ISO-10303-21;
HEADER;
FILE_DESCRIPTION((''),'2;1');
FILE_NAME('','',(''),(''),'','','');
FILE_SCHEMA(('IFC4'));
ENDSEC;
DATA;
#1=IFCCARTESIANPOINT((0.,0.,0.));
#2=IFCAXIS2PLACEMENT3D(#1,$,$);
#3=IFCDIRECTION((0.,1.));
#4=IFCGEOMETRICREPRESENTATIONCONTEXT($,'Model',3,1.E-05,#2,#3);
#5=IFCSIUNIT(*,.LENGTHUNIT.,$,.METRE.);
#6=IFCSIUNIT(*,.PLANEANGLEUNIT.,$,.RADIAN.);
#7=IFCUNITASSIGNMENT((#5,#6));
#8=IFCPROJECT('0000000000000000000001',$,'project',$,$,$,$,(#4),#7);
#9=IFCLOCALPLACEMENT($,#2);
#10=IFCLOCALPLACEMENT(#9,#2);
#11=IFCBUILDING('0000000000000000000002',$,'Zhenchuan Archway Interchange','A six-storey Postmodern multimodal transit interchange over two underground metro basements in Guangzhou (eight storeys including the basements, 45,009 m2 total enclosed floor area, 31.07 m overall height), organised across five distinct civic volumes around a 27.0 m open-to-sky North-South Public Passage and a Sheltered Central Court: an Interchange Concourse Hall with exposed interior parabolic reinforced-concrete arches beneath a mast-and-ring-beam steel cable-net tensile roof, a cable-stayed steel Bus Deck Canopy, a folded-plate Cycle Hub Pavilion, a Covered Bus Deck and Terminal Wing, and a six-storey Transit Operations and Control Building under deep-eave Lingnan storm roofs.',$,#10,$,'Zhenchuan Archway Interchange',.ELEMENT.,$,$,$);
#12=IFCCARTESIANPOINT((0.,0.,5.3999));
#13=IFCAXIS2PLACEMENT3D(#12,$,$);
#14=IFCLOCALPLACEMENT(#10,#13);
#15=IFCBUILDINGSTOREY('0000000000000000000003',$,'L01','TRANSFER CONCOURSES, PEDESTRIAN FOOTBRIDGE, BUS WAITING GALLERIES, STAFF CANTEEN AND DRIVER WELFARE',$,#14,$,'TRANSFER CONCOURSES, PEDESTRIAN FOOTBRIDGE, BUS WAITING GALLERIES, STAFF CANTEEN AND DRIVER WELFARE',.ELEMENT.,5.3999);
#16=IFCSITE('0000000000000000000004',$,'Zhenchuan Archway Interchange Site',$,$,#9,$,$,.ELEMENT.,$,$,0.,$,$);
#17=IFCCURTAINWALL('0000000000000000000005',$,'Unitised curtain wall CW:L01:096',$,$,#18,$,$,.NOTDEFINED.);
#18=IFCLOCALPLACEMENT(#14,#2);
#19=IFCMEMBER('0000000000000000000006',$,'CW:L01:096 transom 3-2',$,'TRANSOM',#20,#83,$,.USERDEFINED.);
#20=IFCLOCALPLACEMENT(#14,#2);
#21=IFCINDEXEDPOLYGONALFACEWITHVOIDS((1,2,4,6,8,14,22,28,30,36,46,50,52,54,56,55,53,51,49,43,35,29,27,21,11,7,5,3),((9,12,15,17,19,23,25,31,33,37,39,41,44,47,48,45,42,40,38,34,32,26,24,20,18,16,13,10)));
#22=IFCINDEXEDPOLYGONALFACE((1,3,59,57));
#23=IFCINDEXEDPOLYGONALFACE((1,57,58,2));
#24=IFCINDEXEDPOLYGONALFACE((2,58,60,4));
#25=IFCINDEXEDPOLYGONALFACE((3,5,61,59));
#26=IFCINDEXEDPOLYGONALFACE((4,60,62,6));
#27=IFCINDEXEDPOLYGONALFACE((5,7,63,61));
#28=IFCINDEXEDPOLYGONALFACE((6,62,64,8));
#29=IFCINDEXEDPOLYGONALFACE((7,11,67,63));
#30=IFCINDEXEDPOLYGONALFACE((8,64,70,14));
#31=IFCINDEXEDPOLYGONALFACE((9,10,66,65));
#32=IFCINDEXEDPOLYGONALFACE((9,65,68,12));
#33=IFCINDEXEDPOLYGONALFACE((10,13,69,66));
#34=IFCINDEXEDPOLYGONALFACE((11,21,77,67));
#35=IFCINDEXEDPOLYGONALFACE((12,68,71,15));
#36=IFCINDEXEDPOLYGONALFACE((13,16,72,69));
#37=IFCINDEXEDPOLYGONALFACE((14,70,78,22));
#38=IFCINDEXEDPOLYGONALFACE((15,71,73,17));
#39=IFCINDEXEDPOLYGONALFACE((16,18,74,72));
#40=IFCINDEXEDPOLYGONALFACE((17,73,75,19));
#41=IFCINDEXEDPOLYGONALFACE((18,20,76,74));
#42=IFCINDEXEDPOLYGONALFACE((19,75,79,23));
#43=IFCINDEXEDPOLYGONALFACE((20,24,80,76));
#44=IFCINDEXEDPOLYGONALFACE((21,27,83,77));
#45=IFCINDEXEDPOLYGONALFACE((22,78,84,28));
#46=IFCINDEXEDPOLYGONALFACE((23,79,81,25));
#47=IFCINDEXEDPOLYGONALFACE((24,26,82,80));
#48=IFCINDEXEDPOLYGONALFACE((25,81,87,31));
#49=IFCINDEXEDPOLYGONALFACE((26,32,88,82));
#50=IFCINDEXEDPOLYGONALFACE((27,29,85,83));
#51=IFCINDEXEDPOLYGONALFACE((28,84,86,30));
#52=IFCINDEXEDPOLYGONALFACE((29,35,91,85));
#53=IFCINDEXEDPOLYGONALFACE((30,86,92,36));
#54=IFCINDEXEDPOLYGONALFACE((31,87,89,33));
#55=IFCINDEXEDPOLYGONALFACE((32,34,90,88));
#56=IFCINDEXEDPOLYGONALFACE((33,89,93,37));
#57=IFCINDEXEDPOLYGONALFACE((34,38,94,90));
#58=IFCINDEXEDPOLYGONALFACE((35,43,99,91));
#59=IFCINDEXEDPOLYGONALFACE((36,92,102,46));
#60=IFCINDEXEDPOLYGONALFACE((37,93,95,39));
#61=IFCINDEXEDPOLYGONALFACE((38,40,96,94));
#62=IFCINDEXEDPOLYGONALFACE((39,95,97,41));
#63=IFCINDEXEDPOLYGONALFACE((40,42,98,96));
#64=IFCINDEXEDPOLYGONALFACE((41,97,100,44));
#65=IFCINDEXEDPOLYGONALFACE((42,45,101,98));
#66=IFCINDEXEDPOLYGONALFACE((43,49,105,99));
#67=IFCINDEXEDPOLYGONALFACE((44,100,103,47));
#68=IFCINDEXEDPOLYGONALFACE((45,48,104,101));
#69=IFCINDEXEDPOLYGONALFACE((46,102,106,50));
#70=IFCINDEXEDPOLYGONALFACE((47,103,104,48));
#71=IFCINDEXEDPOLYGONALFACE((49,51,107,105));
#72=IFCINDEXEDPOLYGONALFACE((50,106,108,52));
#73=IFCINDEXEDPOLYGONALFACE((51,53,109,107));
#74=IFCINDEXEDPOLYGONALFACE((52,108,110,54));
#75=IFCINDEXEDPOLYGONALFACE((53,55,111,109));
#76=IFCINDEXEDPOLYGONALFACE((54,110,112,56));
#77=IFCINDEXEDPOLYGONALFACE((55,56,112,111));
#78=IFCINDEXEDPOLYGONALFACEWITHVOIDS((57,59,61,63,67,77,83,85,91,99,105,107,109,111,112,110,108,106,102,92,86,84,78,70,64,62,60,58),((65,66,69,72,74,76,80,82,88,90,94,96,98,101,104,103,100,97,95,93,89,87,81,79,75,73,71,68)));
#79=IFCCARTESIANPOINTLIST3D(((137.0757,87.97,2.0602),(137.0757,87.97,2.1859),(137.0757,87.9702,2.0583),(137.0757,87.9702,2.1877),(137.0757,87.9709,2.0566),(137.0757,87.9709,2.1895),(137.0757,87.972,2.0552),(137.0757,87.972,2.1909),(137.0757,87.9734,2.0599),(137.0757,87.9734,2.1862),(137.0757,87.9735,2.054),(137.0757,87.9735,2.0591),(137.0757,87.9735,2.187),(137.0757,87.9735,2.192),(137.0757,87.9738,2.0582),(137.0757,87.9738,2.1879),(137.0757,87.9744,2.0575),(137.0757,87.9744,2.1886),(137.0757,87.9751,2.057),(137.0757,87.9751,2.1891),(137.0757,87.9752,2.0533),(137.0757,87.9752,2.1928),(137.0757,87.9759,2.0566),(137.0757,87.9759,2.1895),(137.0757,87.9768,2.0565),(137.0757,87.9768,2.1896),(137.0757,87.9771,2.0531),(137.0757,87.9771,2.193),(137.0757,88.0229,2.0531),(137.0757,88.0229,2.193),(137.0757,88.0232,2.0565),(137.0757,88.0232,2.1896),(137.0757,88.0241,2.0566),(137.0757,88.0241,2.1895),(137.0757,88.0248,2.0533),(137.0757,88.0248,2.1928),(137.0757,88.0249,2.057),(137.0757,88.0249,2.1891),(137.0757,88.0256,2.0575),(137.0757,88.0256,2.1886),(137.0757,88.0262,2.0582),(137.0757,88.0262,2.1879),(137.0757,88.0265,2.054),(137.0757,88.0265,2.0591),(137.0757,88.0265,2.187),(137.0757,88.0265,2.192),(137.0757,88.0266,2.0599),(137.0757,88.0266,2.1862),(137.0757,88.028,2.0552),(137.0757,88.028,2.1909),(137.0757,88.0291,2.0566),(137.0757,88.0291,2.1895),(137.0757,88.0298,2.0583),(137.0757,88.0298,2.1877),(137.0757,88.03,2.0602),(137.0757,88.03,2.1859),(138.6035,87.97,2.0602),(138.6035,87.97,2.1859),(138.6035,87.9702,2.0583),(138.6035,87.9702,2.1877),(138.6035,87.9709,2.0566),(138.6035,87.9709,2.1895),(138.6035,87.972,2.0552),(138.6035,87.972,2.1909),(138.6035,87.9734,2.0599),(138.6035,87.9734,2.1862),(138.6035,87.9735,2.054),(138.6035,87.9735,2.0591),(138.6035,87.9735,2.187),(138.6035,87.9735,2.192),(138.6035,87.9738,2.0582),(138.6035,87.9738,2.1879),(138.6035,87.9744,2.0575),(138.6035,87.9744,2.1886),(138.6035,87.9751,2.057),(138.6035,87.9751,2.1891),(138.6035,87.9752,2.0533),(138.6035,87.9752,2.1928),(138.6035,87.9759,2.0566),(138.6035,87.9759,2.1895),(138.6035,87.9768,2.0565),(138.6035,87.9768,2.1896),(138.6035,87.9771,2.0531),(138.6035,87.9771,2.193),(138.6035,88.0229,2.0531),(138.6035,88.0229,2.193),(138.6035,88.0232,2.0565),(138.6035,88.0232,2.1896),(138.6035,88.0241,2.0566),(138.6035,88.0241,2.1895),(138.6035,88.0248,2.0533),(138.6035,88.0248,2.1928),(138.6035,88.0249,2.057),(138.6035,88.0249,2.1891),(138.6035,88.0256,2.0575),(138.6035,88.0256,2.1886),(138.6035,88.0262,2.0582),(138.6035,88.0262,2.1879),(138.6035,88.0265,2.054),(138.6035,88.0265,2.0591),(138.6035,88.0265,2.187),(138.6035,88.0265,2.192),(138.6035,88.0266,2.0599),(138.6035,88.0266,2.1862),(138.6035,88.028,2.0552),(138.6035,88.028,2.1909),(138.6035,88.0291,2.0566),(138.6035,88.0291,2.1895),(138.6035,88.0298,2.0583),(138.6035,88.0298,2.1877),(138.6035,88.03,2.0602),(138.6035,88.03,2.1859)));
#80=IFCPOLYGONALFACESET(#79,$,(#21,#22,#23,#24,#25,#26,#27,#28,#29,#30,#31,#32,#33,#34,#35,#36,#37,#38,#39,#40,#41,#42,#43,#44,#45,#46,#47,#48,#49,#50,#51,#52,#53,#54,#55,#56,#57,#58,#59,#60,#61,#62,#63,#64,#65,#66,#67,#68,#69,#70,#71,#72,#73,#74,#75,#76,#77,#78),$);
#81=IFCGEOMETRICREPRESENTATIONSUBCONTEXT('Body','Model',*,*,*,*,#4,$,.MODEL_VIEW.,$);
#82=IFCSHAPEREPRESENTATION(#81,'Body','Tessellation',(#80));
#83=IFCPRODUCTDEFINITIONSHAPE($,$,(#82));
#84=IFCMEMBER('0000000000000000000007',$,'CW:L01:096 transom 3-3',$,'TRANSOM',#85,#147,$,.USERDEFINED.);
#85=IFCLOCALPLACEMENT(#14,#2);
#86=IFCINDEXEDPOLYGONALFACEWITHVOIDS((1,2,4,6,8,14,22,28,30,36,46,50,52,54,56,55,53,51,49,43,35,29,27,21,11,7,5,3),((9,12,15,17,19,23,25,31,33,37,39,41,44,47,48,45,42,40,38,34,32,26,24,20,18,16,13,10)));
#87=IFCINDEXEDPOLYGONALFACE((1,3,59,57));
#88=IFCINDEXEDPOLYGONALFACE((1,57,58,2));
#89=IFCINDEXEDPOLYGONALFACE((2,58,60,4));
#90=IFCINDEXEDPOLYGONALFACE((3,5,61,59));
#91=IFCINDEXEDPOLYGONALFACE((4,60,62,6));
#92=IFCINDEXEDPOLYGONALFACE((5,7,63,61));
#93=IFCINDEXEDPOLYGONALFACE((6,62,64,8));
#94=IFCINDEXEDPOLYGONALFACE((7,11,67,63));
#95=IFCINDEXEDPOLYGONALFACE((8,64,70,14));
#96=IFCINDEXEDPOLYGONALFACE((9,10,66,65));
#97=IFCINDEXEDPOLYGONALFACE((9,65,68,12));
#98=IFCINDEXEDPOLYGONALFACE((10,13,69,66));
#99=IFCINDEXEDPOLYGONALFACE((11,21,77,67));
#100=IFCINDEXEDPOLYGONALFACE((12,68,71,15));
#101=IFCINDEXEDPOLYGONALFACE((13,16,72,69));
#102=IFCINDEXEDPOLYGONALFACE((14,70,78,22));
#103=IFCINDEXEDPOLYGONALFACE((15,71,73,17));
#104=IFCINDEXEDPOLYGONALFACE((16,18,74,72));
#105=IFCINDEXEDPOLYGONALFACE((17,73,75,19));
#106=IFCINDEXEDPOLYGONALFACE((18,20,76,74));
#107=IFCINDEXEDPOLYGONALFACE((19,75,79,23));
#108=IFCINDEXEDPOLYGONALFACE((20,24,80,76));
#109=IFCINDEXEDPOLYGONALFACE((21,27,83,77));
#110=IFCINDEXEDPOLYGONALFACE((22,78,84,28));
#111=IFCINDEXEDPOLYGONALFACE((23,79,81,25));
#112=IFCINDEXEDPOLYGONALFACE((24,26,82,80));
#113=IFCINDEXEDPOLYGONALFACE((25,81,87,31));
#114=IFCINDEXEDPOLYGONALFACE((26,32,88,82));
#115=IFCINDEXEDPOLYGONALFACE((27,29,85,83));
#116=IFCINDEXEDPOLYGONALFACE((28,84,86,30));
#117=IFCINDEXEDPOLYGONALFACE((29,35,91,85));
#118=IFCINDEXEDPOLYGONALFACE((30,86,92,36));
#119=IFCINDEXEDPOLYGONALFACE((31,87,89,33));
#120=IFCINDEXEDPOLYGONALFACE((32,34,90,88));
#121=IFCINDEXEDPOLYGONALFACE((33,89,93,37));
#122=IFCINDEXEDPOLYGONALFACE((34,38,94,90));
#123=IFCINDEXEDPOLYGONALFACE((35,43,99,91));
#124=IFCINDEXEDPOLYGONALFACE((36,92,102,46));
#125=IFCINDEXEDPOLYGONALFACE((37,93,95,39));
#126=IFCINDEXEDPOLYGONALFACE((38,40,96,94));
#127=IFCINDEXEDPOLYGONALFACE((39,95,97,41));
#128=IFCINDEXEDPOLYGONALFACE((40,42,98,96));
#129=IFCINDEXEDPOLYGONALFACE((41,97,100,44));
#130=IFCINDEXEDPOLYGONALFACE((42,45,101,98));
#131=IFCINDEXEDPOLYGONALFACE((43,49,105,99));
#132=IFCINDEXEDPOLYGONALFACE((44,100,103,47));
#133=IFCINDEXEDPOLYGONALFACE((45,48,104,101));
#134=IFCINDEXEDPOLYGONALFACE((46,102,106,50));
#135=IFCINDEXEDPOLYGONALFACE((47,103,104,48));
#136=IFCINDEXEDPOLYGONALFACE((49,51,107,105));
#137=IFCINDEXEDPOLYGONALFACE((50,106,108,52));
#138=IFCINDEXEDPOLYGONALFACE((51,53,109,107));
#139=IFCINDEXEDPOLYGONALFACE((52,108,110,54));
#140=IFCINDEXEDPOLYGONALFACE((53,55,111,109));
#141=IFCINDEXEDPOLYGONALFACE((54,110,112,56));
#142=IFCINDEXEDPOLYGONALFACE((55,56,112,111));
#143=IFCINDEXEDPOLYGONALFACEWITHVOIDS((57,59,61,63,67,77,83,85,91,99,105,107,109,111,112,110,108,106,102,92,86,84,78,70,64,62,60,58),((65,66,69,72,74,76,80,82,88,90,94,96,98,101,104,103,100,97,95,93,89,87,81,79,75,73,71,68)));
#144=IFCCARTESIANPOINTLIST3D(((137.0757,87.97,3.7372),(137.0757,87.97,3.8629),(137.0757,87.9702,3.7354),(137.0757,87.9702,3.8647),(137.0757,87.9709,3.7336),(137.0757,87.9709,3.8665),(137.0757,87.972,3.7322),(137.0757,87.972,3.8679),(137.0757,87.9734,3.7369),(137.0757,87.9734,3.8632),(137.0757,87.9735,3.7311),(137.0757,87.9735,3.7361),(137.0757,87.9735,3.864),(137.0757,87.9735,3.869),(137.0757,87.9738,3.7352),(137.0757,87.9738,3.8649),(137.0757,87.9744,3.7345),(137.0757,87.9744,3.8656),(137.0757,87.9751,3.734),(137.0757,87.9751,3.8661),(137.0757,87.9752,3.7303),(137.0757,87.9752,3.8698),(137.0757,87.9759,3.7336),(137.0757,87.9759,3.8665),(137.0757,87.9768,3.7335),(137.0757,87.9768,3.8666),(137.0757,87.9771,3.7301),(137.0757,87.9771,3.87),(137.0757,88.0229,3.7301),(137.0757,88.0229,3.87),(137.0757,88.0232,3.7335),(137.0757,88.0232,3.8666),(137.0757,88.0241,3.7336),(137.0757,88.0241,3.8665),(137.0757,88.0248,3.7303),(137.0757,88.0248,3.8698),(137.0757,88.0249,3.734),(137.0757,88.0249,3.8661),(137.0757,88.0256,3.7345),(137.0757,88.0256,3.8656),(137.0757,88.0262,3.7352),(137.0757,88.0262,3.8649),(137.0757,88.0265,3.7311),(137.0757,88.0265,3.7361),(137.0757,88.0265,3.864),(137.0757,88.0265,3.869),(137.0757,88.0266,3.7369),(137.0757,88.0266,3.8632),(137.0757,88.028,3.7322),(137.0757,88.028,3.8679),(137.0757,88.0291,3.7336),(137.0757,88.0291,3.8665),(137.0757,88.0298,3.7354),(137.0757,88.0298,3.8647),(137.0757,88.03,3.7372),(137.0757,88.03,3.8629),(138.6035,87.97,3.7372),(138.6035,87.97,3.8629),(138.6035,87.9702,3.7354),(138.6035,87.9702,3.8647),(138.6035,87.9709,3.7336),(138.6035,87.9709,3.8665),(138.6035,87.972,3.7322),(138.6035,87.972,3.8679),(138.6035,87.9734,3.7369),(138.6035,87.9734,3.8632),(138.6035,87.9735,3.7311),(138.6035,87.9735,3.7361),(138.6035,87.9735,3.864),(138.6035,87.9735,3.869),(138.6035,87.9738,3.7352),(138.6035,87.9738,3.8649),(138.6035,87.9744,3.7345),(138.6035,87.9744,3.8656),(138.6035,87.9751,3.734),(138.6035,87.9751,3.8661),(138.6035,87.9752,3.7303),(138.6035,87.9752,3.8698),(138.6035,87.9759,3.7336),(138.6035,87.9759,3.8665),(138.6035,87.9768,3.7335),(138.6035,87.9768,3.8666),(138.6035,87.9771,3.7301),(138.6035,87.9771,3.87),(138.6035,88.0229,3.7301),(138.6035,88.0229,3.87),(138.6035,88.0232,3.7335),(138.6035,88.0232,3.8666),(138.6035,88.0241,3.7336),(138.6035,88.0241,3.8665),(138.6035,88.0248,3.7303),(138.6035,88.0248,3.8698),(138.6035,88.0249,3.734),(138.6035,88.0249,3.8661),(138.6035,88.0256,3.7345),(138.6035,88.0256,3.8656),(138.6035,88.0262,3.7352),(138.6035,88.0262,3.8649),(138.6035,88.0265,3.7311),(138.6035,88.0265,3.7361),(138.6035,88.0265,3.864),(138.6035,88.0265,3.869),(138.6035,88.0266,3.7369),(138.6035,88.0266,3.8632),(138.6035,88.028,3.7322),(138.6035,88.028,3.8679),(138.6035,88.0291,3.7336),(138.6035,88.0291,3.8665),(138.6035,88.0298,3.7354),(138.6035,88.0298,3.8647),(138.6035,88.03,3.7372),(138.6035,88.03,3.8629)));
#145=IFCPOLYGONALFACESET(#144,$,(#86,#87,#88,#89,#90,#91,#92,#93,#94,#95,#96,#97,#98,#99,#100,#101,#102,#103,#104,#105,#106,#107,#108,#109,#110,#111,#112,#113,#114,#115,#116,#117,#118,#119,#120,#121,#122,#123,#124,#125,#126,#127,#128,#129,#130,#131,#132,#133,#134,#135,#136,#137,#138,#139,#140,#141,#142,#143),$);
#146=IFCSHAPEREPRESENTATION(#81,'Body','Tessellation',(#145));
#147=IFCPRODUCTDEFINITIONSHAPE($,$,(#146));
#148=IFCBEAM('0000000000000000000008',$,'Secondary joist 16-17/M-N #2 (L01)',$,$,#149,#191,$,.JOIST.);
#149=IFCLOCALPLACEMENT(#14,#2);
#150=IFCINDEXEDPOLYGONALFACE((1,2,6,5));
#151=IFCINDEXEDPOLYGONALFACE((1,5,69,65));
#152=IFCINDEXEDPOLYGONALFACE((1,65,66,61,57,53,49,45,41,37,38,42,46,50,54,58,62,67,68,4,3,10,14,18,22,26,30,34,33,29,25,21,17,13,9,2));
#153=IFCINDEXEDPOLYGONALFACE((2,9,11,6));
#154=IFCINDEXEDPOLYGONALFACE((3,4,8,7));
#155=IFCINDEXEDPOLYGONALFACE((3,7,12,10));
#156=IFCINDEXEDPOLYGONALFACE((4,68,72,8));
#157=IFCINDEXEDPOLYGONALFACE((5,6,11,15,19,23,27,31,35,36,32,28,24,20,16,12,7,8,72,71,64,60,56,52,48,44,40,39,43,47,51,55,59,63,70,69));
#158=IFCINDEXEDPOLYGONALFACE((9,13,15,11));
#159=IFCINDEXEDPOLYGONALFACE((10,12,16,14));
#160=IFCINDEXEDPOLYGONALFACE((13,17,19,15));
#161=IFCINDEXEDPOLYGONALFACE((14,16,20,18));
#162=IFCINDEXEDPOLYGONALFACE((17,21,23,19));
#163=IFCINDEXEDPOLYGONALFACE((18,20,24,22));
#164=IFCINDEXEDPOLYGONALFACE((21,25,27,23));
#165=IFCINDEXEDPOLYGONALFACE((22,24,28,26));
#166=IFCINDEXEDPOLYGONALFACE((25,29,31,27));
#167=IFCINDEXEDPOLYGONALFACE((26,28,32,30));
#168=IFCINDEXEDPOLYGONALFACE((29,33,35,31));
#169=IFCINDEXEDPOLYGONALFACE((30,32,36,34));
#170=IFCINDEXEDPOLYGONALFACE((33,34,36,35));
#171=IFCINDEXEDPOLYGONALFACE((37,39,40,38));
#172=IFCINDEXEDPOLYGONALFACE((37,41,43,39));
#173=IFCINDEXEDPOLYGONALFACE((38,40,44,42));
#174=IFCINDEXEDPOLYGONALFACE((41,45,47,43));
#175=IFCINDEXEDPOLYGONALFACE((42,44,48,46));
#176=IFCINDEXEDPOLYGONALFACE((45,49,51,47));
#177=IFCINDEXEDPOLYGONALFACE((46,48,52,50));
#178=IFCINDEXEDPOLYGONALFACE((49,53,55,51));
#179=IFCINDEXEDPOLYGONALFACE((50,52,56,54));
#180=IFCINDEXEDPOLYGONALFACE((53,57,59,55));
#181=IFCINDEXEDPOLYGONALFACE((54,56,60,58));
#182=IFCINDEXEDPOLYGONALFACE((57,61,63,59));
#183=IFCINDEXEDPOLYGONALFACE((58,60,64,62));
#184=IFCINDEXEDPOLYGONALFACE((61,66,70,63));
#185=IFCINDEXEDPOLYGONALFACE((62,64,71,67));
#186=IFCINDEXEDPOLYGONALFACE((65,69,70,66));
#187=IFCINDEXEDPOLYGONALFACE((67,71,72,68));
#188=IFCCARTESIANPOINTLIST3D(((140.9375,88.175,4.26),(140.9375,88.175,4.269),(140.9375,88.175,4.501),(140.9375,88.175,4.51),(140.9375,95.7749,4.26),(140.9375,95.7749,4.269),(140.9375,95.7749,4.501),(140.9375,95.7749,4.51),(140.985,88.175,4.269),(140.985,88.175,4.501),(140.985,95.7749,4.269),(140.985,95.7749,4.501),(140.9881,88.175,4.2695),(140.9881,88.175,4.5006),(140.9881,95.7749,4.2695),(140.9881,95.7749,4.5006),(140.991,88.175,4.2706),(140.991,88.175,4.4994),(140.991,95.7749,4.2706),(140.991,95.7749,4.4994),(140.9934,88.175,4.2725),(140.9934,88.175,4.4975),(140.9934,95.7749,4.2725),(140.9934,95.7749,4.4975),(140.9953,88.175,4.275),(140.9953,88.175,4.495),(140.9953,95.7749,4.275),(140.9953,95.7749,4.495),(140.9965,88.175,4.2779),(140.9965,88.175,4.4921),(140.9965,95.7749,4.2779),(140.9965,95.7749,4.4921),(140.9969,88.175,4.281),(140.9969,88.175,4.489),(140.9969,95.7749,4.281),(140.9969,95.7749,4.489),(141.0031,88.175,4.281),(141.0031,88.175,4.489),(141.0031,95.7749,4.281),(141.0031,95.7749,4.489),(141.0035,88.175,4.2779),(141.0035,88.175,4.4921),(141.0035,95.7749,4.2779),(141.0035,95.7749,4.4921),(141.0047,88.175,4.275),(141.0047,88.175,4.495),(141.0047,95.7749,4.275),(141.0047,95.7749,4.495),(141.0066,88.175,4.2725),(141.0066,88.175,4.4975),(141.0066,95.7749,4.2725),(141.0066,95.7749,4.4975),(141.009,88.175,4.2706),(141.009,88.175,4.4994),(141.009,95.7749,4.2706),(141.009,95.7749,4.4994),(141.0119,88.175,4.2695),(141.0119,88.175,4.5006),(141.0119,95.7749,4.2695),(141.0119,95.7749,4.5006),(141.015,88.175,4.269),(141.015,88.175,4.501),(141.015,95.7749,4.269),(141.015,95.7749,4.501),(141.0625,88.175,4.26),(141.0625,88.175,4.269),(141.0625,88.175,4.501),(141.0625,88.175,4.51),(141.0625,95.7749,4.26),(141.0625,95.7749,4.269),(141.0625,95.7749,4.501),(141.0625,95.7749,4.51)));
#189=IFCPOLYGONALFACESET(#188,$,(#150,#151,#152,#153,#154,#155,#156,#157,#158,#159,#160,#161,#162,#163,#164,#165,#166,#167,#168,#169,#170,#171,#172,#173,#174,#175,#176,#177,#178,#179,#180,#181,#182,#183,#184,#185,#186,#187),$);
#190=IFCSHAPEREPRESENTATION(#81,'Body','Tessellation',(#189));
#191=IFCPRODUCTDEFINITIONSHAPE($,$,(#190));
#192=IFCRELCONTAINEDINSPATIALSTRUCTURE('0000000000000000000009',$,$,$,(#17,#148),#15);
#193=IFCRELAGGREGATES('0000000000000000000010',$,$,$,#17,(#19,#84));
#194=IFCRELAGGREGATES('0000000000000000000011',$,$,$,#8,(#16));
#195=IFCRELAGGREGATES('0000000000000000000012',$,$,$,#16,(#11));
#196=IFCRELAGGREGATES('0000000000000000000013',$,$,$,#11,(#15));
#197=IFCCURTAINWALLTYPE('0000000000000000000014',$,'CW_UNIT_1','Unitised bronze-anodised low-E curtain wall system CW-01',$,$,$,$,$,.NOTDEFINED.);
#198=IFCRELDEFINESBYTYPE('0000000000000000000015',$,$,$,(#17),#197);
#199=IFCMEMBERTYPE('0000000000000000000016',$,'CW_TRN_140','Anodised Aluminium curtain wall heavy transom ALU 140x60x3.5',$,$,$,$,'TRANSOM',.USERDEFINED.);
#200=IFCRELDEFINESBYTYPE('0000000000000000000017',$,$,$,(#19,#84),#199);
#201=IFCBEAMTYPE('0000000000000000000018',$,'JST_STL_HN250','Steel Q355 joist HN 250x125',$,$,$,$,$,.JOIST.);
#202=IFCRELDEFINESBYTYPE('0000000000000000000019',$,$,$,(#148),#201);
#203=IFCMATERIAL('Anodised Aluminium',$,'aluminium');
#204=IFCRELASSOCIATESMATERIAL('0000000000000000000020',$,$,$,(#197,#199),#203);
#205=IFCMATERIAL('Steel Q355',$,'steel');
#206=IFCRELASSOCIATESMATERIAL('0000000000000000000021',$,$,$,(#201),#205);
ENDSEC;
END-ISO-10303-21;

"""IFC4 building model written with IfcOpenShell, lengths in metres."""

from ifc_helpers import new_model, si_unit, direction, frame, origin, origin_2d, place, context, subcontext, project, spatial, hollow_rectangle, i_section, extrude, material, material_profile, profile_set, type_object, element, aggregate, save


model = new_model("IFC4")

# Units and contexts
model_context = context("Model", 3, precision=1e-05, world=origin(), true_north=direction((0.0, 1.0)))
body_context = subcontext(model_context, "Body", "Model", "MODEL_VIEW")
ifc_project = project(units=[si_unit("LENGTHUNIT", "METRE"), si_unit("PLANEANGLEUNIT", "RADIAN")], contexts=[model_context])

# Site, building, storey
site_placement = place(None, origin())
site = spatial("IfcSite", under=ifc_project, at=site_placement, Name="Zhenchuan Archway Interchange Site", CompositionType="ELEMENT", RefElevation=0.0)
building_placement = place(site_placement, origin())
building = spatial("IfcBuilding", under=site, at=building_placement, Name="Zhenchuan Archway Interchange", Description="A six-storey Postmodern multimodal transit interchange over two underground metro basements in Guangzhou (eight storeys including the basements, 45,009 m2 total enclosed floor area, 31.07 m overall height), organised across five distinct civic volumes around a 27.0 m open-to-sky North-South Public Passage and a Sheltered Central Court: an Interchange Concourse Hall with exposed interior parabolic reinforced-concrete arches beneath a mast-and-ring-beam steel cable-net tensile roof, a cable-stayed steel Bus Deck Canopy, a folded-plate Cycle Hub Pavilion, a Covered Bus Deck and Terminal Wing, and a six-storey Transit Operations and Control Building under deep-eave Lingnan storm roofs.", LongName="Zhenchuan Archway Interchange", CompositionType="ELEMENT")
storey_placement = place(building_placement, frame((0.0, 0.0, 5.3999)))
storey = spatial("IfcBuildingStorey", under=building, at=storey_placement, Name="L01", Description="TRANSFER CONCOURSES, PEDESTRIAN FOOTBRIDGE, BUS WAITING GALLERIES, STAFF CANTEEN AND DRIVER WELFARE", LongName="TRANSFER CONCOURSES, PEDESTRIAN FOOTBRIDGE, BUS WAITING GALLERIES, STAFF CANTEEN AND DRIVER WELFARE", CompositionType="ELEMENT", Elevation=5.3999)

# Curtain wall, members
ifc_material_1 = material(Name="Anodised Aluminium", Category="aluminium")
curtain_wall_type = type_object("IfcCurtainWallType", Name="CW_UNIT_1", Description="Unitised bronze-anodised low-E curtain wall system CW-01", PredefinedType="NOTDEFINED", material=ifc_material_1)
curtain_wall_placement = place(storey_placement, origin())
curtain_wall = element("IfcCurtainWall", 1, at=curtain_wall_placement, inside=storey, type_object=curtain_wall_type, Name="Unitised curtain wall CW:L01:096", PredefinedType="NOTDEFINED")
ifc_material_profile_1 = material_profile(ifc_material_1, hollow_rectangle(XDim=0.0601, YDim=0.1399, WallThickness=0.0034, InnerFilletRadius=0.0034, OuterFilletRadius=0.0071, at=origin_2d()), Name="ALU 140x60x3.5")
ifc_profile_set_1 = profile_set([ifc_material_profile_1], Name="Anodised Aluminium")
member_type_1 = type_object("IfcMemberType", Name="CW_TRN_140", Description="Anodised Aluminium curtain wall heavy transom ALU 140x60x3.5", ElementType="TRANSOM", PredefinedType="USERDEFINED", material=ifc_profile_set_1)
member_1_placement = place(storey_placement, frame((138.6035, 88.0, 2.123), z_axis=(-1.0, 0.0, 0.0), x_axis=(0.0, -1.0, 0.0)))
member_1 = element("IfcMember", 2, at=member_1_placement, type_object=member_type_1, Name="CW:L01:096 transom 3-2", ObjectType="TRANSOM", PredefinedType="USERDEFINED", context=body_context, shape_type="SweptSolid", body=[
    extrude(hollow_rectangle(XDim=0.0601, YDim=0.1399, WallThickness=0.0034, InnerFilletRadius=0.0034, OuterFilletRadius=0.0071, at=origin_2d()), origin(), (0.0, 0.0, 1.0), 1.5278),
])
member_2_placement = place(storey_placement, frame((138.6035, 88.0, 3.8), z_axis=(-1.0, 0.0, 0.0), x_axis=(0.0, -1.0, 0.0)))
member_2 = element("IfcMember", 3, at=member_2_placement, type_object=member_type_1, Name="CW:L01:096 transom 3-3", ObjectType="TRANSOM", PredefinedType="USERDEFINED", context=body_context, shape_type="SweptSolid", body=[
    extrude(hollow_rectangle(XDim=0.0601, YDim=0.1399, WallThickness=0.0034, InnerFilletRadius=0.0034, OuterFilletRadius=0.0071, at=origin_2d()), origin(), (0.0, 0.0, 1.0), 1.5278),
])

# Beam
ifc_material_2 = material(Name="Steel Q355", Category="steel")
ifc_material_profile_2 = material_profile(ifc_material_2, i_section(OverallWidth=0.125, OverallDepth=0.25, WebThickness=0.0061, FlangeThickness=0.009, FilletRadius=0.012, at=origin_2d()), Name="HN 250x125")
ifc_profile_set_2 = profile_set([ifc_material_profile_2], Name="Steel Q355")
beam_type_1 = type_object("IfcBeamType", Name="JST_STL_HN250", Description="Steel Q355 joist HN 250x125", PredefinedType="JOIST", material=ifc_profile_set_2)
beam_1_placement = place(storey_placement, frame((141.0, 88.175, 4.385), z_axis=(0.0, 1.0, 0.0), x_axis=(-1.0, 0.0, 0.0)))
element("IfcBeam", 4, at=beam_1_placement, inside=storey, type_object=beam_type_1, Name="Secondary joist 16-17/M-N #2 (L01)", PredefinedType="JOIST", context=body_context, shape_type="SweptSolid", body=[
    extrude(i_section(OverallWidth=0.125, OverallDepth=0.25, WebThickness=0.0061, FlangeThickness=0.009, FilletRadius=0.012, at=origin_2d()), origin(), (0.0, 0.0, 1.0), 7.5999),
])

aggregate(curtain_wall, [member_1, member_2])

save(model, "model.ifc")
